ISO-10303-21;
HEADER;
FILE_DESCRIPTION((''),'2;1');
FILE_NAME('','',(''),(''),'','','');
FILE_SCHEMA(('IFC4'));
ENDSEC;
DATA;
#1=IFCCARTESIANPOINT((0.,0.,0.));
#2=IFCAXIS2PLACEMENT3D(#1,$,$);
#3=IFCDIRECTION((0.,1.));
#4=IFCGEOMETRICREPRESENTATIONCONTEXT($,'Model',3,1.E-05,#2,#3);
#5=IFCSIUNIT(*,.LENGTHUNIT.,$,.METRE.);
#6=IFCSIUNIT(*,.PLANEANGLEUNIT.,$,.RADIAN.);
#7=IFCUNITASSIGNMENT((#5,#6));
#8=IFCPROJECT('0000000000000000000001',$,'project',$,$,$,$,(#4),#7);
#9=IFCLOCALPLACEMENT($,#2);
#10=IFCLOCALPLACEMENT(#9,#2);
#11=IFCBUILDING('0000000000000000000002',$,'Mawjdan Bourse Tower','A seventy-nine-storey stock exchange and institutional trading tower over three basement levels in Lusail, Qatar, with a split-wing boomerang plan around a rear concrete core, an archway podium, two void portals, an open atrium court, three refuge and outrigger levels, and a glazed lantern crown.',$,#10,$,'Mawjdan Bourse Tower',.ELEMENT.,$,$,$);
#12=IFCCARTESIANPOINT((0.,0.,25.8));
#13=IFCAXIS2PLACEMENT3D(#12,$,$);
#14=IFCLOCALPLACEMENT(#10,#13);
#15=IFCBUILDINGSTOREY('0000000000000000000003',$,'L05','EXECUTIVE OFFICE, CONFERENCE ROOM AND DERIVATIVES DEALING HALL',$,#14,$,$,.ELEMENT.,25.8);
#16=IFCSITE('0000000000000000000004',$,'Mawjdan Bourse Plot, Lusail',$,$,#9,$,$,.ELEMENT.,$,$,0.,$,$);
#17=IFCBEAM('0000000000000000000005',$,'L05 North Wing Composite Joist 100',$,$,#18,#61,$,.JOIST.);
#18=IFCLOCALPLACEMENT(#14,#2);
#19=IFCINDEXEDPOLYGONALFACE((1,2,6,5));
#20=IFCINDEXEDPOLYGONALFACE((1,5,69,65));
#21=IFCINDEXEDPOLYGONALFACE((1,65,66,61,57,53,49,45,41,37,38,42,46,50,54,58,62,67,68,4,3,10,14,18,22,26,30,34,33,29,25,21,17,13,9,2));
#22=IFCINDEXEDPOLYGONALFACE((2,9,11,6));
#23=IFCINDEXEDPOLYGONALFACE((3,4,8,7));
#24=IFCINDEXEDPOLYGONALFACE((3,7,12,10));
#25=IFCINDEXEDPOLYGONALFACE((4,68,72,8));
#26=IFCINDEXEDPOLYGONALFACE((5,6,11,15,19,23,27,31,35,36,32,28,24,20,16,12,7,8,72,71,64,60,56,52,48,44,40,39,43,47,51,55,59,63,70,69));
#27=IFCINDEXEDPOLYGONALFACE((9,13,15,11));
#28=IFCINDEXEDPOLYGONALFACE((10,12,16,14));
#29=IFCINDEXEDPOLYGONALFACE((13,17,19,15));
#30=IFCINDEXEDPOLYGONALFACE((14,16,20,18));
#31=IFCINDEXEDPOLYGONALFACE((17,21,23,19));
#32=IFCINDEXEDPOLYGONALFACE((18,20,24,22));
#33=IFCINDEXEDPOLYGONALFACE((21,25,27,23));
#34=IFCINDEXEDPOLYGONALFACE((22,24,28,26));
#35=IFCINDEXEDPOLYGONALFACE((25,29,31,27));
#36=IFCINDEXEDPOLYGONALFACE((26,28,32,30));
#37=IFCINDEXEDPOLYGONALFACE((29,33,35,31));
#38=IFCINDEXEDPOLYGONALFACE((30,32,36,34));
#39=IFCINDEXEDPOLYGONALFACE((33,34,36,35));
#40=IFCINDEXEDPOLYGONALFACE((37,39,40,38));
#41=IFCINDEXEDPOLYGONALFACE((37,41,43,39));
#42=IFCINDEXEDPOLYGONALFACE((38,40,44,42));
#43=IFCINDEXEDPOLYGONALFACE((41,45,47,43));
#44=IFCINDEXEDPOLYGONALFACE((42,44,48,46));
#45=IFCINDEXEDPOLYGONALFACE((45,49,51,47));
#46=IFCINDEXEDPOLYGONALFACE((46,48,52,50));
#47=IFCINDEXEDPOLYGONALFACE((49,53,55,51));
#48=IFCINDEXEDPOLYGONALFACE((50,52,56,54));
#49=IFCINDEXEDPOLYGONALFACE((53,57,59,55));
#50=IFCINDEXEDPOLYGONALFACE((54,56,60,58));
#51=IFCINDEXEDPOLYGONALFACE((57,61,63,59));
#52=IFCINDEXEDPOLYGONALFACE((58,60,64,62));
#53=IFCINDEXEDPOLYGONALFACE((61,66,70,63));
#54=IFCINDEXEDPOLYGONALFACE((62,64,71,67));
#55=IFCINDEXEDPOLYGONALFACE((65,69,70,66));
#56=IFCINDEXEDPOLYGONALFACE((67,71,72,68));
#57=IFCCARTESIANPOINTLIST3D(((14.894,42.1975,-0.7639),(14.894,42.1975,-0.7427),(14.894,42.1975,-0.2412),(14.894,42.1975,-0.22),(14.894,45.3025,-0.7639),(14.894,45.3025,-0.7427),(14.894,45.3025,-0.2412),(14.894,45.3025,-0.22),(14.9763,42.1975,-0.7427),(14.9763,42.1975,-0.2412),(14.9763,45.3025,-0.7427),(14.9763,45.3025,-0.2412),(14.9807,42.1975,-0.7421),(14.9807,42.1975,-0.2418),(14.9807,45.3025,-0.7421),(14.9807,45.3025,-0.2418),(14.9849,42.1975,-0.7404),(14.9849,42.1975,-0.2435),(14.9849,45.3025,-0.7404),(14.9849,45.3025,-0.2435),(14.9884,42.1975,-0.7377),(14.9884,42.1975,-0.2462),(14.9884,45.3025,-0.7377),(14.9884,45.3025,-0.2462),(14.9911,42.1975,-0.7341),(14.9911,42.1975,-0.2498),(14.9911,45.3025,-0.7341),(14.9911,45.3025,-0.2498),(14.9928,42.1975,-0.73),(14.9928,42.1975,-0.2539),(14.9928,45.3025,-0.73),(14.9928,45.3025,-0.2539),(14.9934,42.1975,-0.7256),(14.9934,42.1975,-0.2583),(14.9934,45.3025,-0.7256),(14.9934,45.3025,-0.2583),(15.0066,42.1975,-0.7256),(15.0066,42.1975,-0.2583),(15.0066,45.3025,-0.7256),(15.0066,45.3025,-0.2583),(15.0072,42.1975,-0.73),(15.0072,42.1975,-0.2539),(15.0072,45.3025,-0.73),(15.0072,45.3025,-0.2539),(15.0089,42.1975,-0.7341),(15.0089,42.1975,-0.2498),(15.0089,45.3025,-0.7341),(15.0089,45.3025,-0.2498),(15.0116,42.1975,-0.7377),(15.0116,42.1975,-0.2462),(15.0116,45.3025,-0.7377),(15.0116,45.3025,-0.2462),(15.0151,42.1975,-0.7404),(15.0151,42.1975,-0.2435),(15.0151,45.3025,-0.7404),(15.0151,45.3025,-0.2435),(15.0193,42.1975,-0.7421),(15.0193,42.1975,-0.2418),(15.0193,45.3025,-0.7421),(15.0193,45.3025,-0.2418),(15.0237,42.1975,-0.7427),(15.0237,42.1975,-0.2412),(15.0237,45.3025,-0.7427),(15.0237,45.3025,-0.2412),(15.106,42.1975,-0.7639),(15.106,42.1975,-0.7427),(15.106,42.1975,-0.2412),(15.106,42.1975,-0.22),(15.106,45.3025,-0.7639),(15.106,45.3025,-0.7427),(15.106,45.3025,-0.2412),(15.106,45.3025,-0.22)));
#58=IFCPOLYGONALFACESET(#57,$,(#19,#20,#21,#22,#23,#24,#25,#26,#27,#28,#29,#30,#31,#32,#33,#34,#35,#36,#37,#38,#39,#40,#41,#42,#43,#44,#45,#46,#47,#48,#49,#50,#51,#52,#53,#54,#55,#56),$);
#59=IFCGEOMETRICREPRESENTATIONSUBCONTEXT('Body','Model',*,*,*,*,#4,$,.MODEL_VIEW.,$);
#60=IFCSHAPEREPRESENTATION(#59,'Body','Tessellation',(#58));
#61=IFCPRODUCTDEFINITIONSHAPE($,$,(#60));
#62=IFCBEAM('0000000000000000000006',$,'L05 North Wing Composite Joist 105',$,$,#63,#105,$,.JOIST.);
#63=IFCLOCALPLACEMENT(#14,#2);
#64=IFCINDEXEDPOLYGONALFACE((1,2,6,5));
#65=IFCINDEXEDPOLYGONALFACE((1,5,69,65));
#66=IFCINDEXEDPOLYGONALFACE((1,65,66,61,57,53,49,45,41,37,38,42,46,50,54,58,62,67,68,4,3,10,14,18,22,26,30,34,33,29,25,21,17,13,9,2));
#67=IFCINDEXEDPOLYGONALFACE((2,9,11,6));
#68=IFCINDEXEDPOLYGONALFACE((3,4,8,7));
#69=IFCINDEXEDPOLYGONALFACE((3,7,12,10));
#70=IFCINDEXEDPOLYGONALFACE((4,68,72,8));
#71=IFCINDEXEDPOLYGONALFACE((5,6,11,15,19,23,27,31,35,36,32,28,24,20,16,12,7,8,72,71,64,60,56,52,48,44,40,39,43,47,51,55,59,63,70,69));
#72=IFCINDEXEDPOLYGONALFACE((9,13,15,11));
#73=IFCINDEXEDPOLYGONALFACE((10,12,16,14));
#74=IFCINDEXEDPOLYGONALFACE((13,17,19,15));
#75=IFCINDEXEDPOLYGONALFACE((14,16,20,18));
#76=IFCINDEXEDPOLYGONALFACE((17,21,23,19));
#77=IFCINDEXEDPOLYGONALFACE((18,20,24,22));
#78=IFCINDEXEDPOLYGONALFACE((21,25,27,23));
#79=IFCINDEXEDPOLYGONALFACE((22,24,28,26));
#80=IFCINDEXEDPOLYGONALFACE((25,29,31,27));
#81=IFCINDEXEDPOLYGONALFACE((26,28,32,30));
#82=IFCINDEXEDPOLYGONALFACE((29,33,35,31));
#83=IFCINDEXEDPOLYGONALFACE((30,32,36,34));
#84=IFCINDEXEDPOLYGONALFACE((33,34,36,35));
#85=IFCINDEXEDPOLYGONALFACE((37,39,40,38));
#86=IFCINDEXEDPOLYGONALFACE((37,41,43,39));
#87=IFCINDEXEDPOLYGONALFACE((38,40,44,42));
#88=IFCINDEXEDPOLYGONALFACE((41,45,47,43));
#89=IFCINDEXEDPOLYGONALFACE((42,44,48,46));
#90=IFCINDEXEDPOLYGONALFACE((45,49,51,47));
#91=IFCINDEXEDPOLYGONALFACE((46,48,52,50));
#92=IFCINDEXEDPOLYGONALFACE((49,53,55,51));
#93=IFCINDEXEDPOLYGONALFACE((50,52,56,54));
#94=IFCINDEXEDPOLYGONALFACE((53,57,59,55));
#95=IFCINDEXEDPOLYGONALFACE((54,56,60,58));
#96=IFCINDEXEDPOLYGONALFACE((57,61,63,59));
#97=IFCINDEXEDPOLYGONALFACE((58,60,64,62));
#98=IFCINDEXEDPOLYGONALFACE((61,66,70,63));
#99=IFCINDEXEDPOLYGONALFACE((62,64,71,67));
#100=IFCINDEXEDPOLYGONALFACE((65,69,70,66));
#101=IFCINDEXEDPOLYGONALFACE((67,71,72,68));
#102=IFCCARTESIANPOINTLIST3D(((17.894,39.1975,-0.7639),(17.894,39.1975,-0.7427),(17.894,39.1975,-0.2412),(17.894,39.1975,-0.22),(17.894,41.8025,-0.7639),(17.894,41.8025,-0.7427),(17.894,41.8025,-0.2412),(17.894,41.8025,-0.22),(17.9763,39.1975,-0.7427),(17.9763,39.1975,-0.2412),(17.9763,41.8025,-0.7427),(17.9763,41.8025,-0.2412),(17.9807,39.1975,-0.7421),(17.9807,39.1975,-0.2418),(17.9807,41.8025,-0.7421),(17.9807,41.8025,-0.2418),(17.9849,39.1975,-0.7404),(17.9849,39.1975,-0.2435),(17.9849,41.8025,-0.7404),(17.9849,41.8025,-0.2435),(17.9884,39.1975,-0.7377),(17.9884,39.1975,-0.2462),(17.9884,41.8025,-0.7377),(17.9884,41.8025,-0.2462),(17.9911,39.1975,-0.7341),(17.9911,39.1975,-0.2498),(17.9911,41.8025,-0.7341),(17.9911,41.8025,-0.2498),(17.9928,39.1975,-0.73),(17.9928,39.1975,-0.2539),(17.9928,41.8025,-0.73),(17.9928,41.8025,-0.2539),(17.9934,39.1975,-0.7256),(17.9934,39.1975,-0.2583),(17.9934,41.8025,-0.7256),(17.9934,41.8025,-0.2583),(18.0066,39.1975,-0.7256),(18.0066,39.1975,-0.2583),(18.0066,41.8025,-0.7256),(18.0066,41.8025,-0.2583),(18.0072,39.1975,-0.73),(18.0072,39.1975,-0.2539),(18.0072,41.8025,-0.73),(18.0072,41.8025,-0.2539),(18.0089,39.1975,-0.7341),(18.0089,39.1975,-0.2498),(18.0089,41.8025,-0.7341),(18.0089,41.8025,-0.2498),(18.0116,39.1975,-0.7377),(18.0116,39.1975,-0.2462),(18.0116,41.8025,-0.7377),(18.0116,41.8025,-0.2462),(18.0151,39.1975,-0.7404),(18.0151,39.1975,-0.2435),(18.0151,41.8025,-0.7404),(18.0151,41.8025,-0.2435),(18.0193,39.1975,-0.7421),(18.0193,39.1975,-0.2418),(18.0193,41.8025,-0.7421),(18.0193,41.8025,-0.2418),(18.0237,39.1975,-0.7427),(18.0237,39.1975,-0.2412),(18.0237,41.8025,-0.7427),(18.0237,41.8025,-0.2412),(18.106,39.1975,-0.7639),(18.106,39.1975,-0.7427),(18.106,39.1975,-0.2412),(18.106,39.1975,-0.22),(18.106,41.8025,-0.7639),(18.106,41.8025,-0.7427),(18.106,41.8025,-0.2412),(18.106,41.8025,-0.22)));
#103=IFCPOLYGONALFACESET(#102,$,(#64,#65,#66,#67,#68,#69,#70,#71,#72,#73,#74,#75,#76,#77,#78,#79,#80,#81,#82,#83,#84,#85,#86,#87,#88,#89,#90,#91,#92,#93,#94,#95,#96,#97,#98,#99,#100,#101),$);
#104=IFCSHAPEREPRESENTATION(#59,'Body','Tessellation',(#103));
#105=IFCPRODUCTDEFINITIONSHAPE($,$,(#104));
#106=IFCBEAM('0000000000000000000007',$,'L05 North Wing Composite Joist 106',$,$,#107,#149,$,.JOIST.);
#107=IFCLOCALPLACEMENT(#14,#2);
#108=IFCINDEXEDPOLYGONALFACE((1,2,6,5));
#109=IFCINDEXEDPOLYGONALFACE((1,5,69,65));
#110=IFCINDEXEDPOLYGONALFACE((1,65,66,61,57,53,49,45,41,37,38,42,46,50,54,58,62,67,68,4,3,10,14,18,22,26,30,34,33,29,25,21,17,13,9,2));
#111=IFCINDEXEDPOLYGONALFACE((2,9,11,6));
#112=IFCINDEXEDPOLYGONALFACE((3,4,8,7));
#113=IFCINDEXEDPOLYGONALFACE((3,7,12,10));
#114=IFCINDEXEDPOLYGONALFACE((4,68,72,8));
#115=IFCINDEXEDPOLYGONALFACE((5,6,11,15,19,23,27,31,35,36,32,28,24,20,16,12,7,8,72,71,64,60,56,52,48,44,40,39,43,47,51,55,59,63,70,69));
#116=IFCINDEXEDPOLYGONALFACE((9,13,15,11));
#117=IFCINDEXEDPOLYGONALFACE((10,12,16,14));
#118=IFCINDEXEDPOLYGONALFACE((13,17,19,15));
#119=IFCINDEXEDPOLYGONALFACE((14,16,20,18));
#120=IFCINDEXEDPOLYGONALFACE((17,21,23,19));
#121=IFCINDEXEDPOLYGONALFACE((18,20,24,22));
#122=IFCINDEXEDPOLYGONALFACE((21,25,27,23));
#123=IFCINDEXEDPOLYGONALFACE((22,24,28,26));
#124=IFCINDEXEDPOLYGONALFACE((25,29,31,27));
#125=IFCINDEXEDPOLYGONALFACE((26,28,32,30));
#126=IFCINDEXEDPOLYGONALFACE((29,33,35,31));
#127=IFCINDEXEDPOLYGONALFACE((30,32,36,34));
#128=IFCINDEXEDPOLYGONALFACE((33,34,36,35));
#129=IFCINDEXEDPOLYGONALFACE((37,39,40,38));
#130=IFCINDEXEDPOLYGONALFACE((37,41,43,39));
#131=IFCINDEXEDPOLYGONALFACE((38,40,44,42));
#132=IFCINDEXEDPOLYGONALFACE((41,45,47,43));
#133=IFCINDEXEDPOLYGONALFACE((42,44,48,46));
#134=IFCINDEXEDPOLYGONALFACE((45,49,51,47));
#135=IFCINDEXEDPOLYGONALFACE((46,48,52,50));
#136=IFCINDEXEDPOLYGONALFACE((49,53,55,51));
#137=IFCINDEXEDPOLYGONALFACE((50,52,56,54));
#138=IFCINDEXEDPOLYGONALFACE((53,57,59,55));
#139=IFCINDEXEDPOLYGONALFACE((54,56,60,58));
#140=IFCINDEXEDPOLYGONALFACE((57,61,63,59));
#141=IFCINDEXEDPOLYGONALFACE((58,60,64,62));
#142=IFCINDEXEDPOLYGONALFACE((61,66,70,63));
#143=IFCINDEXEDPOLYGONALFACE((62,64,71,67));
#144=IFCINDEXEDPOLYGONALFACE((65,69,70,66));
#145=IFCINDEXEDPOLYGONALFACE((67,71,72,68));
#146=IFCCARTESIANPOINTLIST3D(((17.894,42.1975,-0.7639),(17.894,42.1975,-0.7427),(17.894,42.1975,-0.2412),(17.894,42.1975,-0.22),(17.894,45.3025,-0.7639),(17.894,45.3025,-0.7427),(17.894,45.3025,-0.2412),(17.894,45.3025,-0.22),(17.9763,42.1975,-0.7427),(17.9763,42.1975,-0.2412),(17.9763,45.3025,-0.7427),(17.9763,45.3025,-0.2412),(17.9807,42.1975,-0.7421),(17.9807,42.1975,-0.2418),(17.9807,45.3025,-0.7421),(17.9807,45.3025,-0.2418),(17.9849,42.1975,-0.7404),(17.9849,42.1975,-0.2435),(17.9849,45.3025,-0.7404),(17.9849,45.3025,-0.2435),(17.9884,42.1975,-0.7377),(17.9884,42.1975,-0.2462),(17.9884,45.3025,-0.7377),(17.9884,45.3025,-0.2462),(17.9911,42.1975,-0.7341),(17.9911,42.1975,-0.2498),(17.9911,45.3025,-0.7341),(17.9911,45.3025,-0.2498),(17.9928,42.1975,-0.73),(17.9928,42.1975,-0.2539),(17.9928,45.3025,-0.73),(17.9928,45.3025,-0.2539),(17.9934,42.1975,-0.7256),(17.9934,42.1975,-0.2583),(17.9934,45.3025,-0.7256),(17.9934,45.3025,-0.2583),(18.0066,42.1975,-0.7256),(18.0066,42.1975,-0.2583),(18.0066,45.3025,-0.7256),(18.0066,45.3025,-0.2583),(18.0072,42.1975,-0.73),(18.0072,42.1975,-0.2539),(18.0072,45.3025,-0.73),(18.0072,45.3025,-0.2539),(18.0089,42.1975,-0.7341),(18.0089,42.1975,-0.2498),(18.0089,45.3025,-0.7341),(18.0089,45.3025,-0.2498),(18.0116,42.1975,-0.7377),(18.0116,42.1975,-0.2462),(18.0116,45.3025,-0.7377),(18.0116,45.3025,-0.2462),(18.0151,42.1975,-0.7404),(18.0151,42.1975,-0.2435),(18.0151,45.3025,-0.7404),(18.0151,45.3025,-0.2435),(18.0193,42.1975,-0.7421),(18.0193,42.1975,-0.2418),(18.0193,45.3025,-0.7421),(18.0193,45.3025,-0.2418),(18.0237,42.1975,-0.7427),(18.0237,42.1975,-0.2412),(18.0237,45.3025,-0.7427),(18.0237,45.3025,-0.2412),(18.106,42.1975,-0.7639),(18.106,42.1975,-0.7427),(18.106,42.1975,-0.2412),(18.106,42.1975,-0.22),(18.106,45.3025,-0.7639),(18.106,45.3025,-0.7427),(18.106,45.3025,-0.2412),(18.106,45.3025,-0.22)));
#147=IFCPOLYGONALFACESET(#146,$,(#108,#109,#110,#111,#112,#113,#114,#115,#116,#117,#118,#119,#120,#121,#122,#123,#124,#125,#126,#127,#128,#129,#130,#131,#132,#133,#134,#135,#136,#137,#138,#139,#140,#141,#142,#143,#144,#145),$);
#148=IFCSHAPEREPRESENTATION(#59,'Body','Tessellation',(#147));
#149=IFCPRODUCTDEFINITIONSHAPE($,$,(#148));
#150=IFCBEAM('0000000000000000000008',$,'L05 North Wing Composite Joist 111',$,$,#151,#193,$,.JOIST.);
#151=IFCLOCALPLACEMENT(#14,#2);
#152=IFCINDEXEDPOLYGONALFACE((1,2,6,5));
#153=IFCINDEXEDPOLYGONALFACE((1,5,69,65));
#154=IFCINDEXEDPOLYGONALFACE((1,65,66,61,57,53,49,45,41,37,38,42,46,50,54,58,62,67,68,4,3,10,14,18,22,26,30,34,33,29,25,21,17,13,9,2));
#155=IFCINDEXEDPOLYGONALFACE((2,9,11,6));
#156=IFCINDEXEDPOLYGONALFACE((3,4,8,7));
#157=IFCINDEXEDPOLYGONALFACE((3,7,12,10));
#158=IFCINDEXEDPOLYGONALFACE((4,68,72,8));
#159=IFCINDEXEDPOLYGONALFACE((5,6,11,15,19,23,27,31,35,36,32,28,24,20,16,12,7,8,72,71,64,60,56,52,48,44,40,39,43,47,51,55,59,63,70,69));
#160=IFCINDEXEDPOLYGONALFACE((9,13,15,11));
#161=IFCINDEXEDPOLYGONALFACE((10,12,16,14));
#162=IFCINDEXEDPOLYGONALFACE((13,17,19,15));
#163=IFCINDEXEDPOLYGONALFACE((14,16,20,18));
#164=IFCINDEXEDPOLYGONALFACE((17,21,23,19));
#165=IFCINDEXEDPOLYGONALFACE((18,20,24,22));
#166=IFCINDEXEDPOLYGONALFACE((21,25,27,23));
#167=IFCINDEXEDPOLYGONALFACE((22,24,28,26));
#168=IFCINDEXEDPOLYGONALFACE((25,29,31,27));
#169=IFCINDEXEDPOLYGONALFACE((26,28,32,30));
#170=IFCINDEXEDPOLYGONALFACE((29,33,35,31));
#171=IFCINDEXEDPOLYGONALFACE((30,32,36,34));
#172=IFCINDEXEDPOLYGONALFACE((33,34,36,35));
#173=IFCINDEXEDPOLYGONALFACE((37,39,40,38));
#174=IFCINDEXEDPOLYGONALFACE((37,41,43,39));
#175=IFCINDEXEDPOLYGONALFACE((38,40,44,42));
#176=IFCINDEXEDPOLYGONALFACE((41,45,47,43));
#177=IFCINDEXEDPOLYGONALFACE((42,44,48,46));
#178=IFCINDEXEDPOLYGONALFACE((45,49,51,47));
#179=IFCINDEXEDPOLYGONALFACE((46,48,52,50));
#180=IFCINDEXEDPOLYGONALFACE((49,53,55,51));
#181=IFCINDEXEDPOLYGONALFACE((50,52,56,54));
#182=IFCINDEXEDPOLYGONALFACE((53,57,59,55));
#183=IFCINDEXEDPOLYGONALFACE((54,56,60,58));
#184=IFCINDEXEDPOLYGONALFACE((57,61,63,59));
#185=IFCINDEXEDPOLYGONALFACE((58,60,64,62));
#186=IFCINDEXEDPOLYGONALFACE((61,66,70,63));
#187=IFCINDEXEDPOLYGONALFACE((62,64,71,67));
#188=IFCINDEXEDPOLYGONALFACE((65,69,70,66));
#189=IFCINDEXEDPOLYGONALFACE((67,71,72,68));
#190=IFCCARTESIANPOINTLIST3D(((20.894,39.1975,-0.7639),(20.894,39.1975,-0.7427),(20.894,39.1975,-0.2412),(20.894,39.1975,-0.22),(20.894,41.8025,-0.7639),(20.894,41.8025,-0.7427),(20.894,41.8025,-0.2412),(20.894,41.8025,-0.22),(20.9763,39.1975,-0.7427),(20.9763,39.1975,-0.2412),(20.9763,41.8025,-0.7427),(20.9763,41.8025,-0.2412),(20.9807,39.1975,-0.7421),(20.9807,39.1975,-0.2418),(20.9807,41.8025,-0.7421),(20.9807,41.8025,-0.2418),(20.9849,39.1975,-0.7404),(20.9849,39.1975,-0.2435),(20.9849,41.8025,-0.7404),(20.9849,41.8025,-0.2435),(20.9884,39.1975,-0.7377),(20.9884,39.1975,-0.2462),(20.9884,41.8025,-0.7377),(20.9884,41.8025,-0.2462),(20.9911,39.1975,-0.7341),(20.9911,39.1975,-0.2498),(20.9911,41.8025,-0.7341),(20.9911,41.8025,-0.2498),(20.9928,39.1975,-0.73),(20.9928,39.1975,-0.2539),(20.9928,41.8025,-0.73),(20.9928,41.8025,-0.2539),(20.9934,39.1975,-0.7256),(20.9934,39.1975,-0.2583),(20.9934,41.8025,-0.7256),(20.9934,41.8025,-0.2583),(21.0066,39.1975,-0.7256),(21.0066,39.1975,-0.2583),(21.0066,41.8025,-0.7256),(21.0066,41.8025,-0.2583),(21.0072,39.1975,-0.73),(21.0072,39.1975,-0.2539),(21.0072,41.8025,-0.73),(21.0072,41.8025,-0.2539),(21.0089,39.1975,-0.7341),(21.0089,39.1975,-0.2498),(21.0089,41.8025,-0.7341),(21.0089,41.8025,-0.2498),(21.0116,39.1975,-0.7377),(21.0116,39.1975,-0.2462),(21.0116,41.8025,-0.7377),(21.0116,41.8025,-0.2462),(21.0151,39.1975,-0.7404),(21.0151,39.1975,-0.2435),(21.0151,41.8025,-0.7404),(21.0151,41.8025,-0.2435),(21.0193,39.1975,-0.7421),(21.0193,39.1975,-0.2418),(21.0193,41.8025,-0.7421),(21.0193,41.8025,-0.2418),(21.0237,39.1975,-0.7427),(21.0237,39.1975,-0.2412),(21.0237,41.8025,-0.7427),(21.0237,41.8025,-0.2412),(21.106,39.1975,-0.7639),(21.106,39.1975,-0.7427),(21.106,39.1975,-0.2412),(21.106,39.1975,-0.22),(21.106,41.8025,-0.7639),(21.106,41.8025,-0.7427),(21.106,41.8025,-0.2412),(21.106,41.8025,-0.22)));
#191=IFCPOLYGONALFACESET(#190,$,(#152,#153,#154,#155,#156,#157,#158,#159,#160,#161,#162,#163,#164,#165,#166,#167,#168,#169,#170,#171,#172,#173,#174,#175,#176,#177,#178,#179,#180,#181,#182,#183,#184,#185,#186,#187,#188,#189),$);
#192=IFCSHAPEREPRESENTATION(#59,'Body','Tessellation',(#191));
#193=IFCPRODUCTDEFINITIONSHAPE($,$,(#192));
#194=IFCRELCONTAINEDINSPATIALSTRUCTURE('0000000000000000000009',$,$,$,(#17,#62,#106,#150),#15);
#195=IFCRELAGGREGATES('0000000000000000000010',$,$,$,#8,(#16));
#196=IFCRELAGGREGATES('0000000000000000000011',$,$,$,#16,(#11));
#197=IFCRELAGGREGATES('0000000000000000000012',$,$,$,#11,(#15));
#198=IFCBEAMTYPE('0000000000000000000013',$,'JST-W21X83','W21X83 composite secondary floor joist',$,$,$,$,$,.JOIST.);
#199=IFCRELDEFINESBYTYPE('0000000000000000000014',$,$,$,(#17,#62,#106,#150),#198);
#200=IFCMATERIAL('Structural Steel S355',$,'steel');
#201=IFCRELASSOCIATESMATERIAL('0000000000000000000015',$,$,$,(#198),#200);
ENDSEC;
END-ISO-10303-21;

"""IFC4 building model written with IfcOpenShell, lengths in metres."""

from ifc_helpers import new_model, si_unit, direction, frame, origin, origin_2d, place, context, subcontext, project, spatial, i_section, extrude, material, material_profile, profile_set, type_object, element, save


model = new_model("IFC4")

# Units and contexts
model_context = context("Model", 3, precision=1e-05, world=origin(), true_north=direction((0.0, 1.0)))
body_context = subcontext(model_context, "Body", "Model", "MODEL_VIEW")
ifc_project = project(units=[si_unit("LENGTHUNIT", "METRE"), si_unit("PLANEANGLEUNIT", "RADIAN")], contexts=[model_context])

# Site, building, storey
site_placement = place(None, origin())
site = spatial("IfcSite", under=ifc_project, at=site_placement, Name="Mawjdan Bourse Plot, Lusail", CompositionType="ELEMENT", RefElevation=0.0)
building_placement = place(site_placement, origin())
building = spatial("IfcBuilding", under=site, at=building_placement, Name="Mawjdan Bourse Tower", Description="A seventy-nine-storey stock exchange and institutional trading tower over three basement levels in Lusail, Qatar, with a split-wing boomerang plan around a rear concrete core, an archway podium, two void portals, an open atrium court, three refuge and outrigger levels, and a glazed lantern crown.", LongName="Mawjdan Bourse Tower", CompositionType="ELEMENT")
storey_placement = place(building_placement, frame((0.0, 0.0, 25.8)))
storey = spatial("IfcBuildingStorey", under=building, at=storey_placement, Name="L05", Description="EXECUTIVE OFFICE, CONFERENCE ROOM AND DERIVATIVES DEALING HALL", CompositionType="ELEMENT", Elevation=25.8)

# Beams
ifc_material_1 = material(Name="Structural Steel S355", Category="steel")
ifc_material_profile_1 = material_profile(ifc_material_1, i_section(OverallWidth=0.2119, OverallDepth=0.5439, WebThickness=0.0132, FlangeThickness=0.0212, FilletRadius=0.0171, at=origin_2d()), Name="W21X83")
ifc_profile_set_1 = profile_set([ifc_material_profile_1], Name="Structural Steel S355")
beam_type_1 = type_object("IfcBeamType", Name="JST-W21X83", Description="W21X83 composite secondary floor joist", PredefinedType="JOIST", material=ifc_profile_set_1)
for number, where, z_axis, x_axis, name in (
    (1, (15.0, 42.1975, -0.4919), (0.0, 1.0, 0.0), (-1.0, 0.0, 0.0), "L05 North Wing Composite Joist 100"),
):
    element("IfcBeam", number, at=place(storey_placement, frame(where, z_axis=z_axis, x_axis=x_axis)), inside=storey, type_object=beam_type_1, Name=name, PredefinedType="JOIST", context=body_context, shape_type="SweptSolid", body=[
        extrude(i_section(OverallWidth=0.2119, OverallDepth=0.5439, WebThickness=0.0132, FlangeThickness=0.0212, FilletRadius=0.0171, at=origin_2d()), origin(), (0.0, 0.0, 1.0), 3.105),
    ])
beam_1_placement = place(storey_placement, frame((18.0, 39.1975, -0.4919), z_axis=(0.0, 1.0, 0.0), x_axis=(-1.0, 0.0, 0.0)))
element("IfcBeam", 2, at=beam_1_placement, inside=storey, type_object=beam_type_1, Name="L05 North Wing Composite Joist 105", PredefinedType="JOIST", context=body_context, shape_type="SweptSolid", body=[
    extrude(i_section(OverallWidth=0.2119, OverallDepth=0.5439, WebThickness=0.0132, FlangeThickness=0.0212, FilletRadius=0.0171, at=origin_2d()), origin(), (0.0, 0.0, 1.0), 2.605),
])
beam_2_placement = place(storey_placement, frame((18.0, 42.1975, -0.4919), z_axis=(0.0, 1.0, 0.0), x_axis=(-1.0, 0.0, 0.0)))
element("IfcBeam", 3, at=beam_2_placement, inside=storey, type_object=beam_type_1, Name="L05 North Wing Composite Joist 106", PredefinedType="JOIST", context=body_context, shape_type="SweptSolid", body=[
    extrude(i_section(OverallWidth=0.2119, OverallDepth=0.5439, WebThickness=0.0132, FlangeThickness=0.0212, FilletRadius=0.0171, at=origin_2d()), origin(), (0.0, 0.0, 1.0), 3.105),
])
beam_3_placement = place(storey_placement, frame((21.0, 39.1975, -0.4919), z_axis=(0.0, 1.0, 0.0), x_axis=(-1.0, 0.0, 0.0)))
element("IfcBeam", 4, at=beam_3_placement, inside=storey, type_object=beam_type_1, Name="L05 North Wing Composite Joist 111", PredefinedType="JOIST", context=body_context, shape_type="SweptSolid", body=[
    extrude(i_section(OverallWidth=0.2119, OverallDepth=0.5439, WebThickness=0.0132, FlangeThickness=0.0212, FilletRadius=0.0171, at=origin_2d()), origin(), (0.0, 0.0, 1.0), 2.605),
])

save(model, "model.ifc")
